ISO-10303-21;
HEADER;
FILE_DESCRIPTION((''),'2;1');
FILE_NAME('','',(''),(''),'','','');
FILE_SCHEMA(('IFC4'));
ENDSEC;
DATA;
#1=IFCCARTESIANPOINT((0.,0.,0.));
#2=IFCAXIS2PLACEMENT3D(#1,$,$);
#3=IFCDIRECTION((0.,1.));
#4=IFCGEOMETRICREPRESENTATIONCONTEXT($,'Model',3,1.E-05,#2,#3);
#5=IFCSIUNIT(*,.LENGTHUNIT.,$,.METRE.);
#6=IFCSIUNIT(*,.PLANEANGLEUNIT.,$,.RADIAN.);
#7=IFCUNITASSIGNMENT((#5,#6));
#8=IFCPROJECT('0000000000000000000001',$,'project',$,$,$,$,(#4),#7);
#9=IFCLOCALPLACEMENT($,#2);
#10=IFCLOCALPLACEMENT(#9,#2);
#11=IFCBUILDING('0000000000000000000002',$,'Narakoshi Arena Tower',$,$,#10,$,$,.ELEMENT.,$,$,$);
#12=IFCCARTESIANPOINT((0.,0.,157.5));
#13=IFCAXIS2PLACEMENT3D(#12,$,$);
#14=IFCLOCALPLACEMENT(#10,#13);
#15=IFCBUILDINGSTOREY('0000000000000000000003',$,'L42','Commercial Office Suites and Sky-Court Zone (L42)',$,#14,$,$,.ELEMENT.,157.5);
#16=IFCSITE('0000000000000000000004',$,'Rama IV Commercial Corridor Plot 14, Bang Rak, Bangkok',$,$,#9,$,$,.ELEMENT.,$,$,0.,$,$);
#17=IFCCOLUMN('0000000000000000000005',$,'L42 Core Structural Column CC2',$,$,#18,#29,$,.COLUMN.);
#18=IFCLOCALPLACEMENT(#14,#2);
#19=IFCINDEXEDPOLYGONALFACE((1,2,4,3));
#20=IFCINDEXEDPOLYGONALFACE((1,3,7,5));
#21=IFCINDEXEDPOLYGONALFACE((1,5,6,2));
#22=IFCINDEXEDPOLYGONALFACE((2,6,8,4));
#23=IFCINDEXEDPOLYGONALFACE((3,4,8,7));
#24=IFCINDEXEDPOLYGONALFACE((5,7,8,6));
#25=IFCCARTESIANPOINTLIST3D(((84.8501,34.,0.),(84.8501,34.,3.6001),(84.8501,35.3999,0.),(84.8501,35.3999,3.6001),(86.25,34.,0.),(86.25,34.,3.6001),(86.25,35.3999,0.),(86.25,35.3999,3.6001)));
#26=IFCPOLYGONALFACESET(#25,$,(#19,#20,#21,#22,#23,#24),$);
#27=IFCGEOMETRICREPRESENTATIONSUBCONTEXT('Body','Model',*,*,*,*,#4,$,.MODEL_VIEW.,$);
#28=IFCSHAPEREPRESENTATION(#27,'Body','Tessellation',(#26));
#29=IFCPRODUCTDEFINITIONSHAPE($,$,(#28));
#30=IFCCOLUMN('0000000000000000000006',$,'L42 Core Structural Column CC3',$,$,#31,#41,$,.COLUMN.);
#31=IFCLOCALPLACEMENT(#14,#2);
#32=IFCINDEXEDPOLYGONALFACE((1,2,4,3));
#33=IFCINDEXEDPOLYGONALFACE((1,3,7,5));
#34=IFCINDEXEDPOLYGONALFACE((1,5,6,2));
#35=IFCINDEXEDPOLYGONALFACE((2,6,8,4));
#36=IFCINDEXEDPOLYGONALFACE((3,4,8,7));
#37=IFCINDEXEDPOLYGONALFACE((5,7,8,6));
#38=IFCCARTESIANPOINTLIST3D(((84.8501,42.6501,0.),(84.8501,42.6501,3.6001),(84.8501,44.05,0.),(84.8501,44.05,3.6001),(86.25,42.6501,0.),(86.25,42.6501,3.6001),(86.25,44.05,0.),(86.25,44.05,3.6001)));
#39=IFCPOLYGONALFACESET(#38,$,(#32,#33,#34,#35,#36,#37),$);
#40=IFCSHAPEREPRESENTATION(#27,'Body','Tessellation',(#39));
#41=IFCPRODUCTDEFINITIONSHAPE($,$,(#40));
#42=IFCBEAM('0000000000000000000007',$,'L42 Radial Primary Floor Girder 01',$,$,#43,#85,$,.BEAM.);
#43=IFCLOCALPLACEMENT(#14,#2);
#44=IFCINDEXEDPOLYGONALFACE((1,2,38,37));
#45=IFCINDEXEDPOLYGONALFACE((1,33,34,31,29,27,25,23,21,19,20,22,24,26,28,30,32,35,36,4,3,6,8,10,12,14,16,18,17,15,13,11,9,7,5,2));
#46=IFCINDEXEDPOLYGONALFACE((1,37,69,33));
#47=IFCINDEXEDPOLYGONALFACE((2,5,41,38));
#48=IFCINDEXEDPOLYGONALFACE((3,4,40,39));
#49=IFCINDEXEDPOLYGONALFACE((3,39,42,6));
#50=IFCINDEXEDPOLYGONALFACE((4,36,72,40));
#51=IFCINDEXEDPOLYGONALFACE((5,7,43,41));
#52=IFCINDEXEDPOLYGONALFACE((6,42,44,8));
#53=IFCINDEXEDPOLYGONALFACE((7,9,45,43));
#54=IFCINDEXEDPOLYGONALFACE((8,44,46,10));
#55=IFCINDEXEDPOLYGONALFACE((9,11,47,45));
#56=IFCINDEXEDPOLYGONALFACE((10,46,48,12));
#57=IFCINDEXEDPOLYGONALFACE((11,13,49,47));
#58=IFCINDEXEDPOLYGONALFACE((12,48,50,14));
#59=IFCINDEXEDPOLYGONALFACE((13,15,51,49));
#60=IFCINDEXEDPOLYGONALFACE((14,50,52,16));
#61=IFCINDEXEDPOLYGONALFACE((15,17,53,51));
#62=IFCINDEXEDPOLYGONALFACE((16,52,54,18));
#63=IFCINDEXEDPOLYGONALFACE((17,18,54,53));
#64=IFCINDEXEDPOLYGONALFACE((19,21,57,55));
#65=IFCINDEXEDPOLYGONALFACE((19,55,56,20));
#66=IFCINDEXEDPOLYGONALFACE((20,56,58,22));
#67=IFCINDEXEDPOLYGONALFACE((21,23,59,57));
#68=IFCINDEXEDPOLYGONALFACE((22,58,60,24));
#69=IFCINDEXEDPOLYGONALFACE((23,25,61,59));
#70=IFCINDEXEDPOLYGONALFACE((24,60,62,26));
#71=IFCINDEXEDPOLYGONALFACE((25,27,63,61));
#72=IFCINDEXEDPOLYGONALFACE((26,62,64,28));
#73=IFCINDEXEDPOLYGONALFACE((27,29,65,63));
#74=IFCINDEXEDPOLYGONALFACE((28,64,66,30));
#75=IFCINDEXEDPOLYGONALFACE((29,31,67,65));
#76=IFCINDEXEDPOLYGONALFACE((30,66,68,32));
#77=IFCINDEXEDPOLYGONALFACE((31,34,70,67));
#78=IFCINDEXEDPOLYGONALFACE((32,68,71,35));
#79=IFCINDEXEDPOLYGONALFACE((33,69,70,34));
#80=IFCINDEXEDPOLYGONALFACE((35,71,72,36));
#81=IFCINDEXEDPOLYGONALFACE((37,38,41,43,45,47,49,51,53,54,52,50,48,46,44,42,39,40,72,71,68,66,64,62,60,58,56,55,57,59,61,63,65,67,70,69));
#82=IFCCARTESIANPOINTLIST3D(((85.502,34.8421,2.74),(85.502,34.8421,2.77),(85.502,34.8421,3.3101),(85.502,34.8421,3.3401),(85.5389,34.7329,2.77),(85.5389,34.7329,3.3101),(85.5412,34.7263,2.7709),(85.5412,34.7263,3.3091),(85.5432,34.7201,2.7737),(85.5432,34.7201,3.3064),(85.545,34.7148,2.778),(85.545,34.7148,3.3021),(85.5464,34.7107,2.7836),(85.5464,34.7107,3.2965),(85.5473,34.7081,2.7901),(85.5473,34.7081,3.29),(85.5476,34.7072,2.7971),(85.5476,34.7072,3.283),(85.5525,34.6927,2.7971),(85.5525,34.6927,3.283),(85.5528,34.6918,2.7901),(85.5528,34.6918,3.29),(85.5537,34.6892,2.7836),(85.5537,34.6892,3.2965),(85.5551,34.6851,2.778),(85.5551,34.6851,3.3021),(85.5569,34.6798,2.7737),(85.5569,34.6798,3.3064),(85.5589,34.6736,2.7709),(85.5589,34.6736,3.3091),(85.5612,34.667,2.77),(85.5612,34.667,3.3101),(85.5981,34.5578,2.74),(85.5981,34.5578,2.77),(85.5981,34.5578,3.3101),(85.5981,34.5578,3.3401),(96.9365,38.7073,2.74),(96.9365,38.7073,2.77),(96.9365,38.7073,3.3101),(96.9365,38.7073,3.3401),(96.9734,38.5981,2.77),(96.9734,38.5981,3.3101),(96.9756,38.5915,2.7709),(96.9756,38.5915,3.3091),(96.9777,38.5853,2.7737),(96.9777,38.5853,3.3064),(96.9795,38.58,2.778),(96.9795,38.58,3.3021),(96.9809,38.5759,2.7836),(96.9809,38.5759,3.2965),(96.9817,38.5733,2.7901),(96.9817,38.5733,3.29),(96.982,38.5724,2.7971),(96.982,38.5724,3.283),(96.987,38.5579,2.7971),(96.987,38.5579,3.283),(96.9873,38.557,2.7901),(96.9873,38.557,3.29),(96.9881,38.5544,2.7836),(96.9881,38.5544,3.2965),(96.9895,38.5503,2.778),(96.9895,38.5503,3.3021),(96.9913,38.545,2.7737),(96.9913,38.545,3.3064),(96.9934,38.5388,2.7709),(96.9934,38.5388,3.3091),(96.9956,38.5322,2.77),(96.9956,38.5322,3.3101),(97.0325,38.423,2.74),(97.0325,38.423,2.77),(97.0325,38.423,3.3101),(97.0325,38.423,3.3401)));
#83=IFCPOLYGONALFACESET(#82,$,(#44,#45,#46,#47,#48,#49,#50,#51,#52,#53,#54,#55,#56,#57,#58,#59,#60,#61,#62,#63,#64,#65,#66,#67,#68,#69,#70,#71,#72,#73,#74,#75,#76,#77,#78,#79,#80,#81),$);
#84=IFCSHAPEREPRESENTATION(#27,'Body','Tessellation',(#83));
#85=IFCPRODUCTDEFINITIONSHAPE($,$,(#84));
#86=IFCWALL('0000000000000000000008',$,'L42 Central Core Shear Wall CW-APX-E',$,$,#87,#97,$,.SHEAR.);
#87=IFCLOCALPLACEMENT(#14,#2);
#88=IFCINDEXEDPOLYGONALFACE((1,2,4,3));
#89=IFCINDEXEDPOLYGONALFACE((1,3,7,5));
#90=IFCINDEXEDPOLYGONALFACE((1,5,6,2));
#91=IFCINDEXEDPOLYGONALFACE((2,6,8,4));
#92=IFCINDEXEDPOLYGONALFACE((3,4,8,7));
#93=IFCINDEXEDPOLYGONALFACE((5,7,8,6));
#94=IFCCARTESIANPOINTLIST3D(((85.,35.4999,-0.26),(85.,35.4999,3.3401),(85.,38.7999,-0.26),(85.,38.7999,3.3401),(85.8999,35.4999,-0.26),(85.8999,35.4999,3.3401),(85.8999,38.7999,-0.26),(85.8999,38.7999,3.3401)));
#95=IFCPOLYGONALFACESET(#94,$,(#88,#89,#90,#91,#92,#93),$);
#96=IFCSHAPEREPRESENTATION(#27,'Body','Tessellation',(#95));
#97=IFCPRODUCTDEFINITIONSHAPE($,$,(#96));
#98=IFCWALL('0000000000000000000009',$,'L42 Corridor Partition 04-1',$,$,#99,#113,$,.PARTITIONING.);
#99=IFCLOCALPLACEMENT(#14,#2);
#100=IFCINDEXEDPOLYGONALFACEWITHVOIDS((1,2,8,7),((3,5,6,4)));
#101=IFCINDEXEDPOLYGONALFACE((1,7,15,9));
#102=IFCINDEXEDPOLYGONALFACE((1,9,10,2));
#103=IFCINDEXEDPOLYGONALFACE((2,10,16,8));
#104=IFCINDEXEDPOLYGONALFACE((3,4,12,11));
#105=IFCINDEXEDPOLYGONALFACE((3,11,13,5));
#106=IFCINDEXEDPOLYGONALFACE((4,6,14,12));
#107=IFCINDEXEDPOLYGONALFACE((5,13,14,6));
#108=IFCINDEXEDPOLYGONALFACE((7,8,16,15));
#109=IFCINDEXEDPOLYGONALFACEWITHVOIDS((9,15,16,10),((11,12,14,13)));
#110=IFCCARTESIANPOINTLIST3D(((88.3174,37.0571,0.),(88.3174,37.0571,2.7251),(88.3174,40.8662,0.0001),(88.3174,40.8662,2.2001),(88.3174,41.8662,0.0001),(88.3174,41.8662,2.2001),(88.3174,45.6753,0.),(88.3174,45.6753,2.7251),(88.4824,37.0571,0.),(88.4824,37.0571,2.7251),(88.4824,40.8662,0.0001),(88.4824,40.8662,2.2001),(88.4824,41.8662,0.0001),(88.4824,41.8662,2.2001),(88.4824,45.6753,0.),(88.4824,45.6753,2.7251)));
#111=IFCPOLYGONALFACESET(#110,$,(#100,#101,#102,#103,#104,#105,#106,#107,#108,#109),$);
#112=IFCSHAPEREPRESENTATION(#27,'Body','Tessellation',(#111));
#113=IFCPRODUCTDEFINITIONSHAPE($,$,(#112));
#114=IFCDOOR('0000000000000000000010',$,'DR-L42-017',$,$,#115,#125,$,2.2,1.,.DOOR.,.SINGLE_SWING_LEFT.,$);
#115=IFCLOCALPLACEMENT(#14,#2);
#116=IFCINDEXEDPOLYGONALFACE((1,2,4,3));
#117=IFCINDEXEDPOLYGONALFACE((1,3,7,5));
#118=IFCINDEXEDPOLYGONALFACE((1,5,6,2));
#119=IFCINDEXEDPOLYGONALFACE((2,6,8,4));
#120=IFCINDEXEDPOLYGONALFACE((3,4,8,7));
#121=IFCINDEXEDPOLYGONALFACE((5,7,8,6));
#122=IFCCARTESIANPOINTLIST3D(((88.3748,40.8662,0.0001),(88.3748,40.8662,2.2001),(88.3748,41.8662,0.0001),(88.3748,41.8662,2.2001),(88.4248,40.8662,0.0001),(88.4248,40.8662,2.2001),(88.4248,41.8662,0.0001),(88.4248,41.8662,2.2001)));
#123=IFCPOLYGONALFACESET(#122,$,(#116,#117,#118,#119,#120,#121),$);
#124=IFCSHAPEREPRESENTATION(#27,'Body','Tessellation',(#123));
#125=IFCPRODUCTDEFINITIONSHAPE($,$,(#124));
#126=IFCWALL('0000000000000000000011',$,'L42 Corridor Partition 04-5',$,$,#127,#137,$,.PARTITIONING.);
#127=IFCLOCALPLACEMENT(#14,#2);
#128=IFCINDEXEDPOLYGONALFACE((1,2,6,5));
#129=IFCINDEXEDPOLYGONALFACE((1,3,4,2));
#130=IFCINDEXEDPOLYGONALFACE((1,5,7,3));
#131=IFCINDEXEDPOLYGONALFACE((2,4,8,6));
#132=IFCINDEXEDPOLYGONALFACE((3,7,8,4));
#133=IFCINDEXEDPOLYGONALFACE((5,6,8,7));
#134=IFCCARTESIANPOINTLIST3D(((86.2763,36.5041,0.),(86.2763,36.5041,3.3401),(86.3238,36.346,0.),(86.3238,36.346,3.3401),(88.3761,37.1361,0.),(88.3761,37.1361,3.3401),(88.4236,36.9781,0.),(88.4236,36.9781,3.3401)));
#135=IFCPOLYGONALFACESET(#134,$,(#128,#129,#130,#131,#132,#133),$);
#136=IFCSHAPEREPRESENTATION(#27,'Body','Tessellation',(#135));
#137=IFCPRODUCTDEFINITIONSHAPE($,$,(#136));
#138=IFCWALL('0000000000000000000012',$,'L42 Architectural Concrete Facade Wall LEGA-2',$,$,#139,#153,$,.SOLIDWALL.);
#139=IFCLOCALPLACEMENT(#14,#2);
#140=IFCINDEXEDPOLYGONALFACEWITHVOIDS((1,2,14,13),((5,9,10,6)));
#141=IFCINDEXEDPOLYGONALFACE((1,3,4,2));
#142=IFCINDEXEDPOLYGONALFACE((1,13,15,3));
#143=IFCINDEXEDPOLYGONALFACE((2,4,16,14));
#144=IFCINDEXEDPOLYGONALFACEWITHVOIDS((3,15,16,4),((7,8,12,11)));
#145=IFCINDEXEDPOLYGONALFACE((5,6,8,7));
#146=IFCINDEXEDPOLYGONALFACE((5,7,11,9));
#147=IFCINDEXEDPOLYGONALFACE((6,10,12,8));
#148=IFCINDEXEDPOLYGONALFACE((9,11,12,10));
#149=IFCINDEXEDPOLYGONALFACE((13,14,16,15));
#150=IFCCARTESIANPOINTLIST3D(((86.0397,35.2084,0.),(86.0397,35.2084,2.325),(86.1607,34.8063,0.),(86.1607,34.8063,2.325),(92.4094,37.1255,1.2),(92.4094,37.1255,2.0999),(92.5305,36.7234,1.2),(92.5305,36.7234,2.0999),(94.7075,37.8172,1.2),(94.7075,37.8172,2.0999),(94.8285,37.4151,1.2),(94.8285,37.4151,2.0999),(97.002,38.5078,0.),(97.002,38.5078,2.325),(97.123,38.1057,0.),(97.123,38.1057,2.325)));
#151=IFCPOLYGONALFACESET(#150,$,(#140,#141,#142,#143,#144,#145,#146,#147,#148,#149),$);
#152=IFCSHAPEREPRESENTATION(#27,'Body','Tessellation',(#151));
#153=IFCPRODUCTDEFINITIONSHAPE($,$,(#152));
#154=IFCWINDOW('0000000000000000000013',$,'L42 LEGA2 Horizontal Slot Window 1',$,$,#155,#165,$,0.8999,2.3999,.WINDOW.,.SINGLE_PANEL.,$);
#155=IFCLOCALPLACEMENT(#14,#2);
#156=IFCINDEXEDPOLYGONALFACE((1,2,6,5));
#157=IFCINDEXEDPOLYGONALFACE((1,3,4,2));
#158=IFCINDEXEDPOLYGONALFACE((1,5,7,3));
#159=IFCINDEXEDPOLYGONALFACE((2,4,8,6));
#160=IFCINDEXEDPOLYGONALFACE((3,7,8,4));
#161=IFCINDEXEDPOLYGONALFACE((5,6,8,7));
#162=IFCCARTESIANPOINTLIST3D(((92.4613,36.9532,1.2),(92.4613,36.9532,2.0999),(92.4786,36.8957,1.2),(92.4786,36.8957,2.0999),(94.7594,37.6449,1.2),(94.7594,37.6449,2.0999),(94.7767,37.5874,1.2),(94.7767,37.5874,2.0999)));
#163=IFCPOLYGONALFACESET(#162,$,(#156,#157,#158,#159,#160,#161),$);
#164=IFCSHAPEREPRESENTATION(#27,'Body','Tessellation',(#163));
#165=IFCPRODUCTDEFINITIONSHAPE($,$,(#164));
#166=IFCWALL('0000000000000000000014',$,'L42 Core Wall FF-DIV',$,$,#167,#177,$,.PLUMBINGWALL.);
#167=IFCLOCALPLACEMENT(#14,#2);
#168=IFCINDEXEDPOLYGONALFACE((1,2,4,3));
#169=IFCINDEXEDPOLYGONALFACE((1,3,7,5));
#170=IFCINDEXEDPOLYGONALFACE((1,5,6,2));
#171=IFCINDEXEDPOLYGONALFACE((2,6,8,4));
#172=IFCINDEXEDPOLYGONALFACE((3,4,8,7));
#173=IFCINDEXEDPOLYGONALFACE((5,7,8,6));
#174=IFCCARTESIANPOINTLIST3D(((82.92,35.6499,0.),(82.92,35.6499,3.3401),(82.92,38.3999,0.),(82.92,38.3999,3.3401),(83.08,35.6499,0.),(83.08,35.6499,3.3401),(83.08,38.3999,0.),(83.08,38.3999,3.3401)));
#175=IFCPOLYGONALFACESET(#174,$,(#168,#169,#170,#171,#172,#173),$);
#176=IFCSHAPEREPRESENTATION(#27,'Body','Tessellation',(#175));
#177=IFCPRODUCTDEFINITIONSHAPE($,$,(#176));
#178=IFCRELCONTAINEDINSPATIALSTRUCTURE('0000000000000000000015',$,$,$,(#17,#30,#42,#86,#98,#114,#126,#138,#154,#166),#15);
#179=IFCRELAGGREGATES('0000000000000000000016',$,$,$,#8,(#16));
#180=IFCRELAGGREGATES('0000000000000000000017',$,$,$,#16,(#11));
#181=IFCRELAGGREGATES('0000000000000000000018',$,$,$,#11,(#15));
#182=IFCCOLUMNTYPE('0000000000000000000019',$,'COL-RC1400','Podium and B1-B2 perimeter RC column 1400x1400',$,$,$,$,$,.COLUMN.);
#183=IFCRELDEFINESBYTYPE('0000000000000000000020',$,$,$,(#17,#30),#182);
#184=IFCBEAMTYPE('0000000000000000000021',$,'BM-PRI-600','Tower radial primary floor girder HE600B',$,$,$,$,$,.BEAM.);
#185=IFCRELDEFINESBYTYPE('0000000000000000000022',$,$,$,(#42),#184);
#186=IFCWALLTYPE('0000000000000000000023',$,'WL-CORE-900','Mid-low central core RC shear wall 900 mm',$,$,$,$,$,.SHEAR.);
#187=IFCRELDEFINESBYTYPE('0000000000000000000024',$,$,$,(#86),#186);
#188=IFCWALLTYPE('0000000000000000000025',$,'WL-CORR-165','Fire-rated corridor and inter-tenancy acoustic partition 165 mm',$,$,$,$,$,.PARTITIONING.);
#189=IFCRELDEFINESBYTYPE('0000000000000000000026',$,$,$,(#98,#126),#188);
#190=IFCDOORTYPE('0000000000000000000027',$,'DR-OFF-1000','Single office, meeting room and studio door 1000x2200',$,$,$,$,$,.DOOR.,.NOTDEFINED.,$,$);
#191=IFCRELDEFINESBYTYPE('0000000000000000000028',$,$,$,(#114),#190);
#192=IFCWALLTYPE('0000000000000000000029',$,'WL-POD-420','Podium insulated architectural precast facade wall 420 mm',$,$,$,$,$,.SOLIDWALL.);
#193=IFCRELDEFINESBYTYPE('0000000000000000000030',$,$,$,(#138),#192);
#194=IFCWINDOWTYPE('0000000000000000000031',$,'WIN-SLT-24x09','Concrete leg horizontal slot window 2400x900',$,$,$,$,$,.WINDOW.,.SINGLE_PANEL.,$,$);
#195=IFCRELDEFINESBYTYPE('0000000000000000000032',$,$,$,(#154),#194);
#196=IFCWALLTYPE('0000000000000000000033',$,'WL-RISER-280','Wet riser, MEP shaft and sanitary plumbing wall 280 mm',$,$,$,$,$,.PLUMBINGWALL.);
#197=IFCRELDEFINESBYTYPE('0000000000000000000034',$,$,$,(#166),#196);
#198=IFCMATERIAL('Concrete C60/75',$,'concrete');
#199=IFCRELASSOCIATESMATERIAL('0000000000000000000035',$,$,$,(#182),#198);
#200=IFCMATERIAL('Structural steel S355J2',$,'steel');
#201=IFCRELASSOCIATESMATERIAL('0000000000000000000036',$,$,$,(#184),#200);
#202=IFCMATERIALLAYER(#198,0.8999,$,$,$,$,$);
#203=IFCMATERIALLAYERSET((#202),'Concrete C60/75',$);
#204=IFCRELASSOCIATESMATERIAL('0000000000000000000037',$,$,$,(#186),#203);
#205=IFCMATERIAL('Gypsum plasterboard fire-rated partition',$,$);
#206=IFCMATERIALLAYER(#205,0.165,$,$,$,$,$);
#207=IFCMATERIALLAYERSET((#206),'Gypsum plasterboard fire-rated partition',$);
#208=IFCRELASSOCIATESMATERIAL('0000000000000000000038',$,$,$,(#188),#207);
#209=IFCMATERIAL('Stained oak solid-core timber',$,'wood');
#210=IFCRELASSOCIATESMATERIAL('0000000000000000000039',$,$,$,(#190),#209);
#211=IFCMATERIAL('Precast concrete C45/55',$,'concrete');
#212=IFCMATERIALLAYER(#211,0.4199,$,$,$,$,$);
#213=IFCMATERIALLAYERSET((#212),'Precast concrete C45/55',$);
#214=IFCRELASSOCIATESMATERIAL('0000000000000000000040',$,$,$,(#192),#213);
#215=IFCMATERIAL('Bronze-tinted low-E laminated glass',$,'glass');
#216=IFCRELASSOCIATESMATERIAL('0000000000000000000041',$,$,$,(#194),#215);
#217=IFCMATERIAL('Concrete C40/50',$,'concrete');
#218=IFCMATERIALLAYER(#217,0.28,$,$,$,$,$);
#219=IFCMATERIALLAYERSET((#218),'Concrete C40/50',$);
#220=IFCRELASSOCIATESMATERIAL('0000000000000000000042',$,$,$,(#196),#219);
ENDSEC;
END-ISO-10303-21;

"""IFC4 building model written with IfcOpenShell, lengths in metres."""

from ifc_helpers import new_model, si_unit, direction, frame, frame_2d, origin, origin_2d, place, context, subcontext, project, spatial, rectangle, i_section, extrude, material, layer, layer_set, material_profile, profile_set, type_object, element, fill, save


model = new_model("IFC4")

# Units and contexts
model_context = context("Model", 3, precision=1e-05, world=origin(), true_north=direction((0.0, 1.0)))
body_context = subcontext(model_context, "Body", "Model", "MODEL_VIEW")
ifc_project = project(units=[si_unit("LENGTHUNIT", "METRE"), si_unit("PLANEANGLEUNIT", "RADIAN")], contexts=[model_context])

# Site, building, storey
site_placement = place(None, origin())
site = spatial("IfcSite", under=ifc_project, at=site_placement, Name="Rama IV Commercial Corridor Plot 14, Bang Rak, Bangkok", CompositionType="ELEMENT", RefElevation=0.0)
building_placement = place(site_placement, origin())
building = spatial("IfcBuilding", under=site, at=building_placement, Name="Narakoshi Arena Tower", CompositionType="ELEMENT")
storey_placement = place(building_placement, frame((0.0, 0.0, 157.5)))
storey = spatial("IfcBuildingStorey", under=building, at=storey_placement, Name="L42", Description="Commercial Office Suites and Sky-Court Zone (L42)", CompositionType="ELEMENT", Elevation=157.5)

# Columns
ifc_material_1 = material(Name="Concrete C60/75", Category="concrete")
ifc_material_profile_1 = material_profile(ifc_material_1, rectangle(XDim=1.3999, YDim=1.3999, at=origin_2d()), Name="RC1400x1400")
ifc_profile_set_1 = profile_set([ifc_material_profile_1], Name="Concrete C60/75")
column_type = type_object("IfcColumnType", Name="COL-RC1400", Description="Podium and B1-B2 perimeter RC column 1400x1400", PredefinedType="COLUMN", material=ifc_profile_set_1)
for number, where, z_axis, x_axis, name in (
    (1, (85.55, 34.7, 0.0), (0.0, 0.0, 1.0), (1.0, 0.0, 0.0), "L42 Core Structural Column CC2"),
    (2, (85.55, 43.3501, 0.0), (0.0, 0.0, 1.0), (1.0, 0.0, 0.0), "L42 Core Structural Column CC3"),
):
    element("IfcColumn", number, at=place(storey_placement, frame(where, z_axis=z_axis, x_axis=x_axis)), inside=storey, type_object=column_type, Name=name, PredefinedType="COLUMN", context=body_context, shape_type="SweptSolid", body=[
        extrude(rectangle(XDim=1.3999, YDim=1.3999, at=origin_2d()), origin(), (0.0, 0.0, 1.0), 3.6001),
    ])

# Beam
ifc_material_2 = material(Name="Structural steel S355J2", Category="steel")
ifc_material_profile_2 = material_profile(ifc_material_2, i_section(OverallWidth=0.3, OverallDepth=0.6001, WebThickness=0.0154, FlangeThickness=0.03, FilletRadius=0.0271, at=origin_2d()), Name="HE600B")
ifc_profile_set_2 = profile_set([ifc_material_profile_2], Name="Structural steel S355J2")
beam_type = type_object("IfcBeamType", Name="BM-PRI-600", Description="Tower radial primary floor girder HE600B", PredefinedType="BEAM", material=ifc_profile_set_2)
beam_placement = place(storey_placement, frame((85.55, 34.7, 3.04), z_axis=(0.94734, 0.32023, 0.0), x_axis=(-0.32023, 0.94734, 0.0)))
element("IfcBeam", 3, at=beam_placement, inside=storey, type_object=beam_type, Name="L42 Radial Primary Floor Girder 01", PredefinedType="BEAM", context=body_context, shape_type="SweptSolid", body=[
    extrude(i_section(OverallWidth=0.3, OverallDepth=0.6001, WebThickness=0.0154, FlangeThickness=0.03, FilletRadius=0.0271, at=origin_2d()), origin(), (0.0, 0.0, 1.0), 12.0701),
])

# Wall
ifc_layer_1 = layer(ifc_material_1, 0.8999)
ifc_layer_set_1 = layer_set([ifc_layer_1], Name="Concrete C60/75")
wall_type_1 = type_object("IfcWallType", Name="WL-CORE-900", Description="Mid-low central core RC shear wall 900 mm", PredefinedType="SHEAR", material=ifc_layer_set_1)
wall_1_placement = place(storey_placement, frame((85.45, 35.5, -0.26), z_axis=(0.0, 0.0, 1.0), x_axis=(0.0, 1.0, 0.0)))
element("IfcWall", 4, at=wall_1_placement, inside=storey, type_object=wall_type_1, Name="L42 Central Core Shear Wall CW-APX-E", PredefinedType="SHEAR", context=body_context, shape_type="SweptSolid", body=[
    extrude(rectangle(XDim=3.3, YDim=0.8999, at=frame_2d((1.6499, 0.0))), origin(), (0.0, 0.0, 1.0), 3.6001),
])

# Wall, opening, door
ifc_material_3 = material(Name="Gypsum plasterboard fire-rated partition")
ifc_layer_2 = layer(ifc_material_3, 0.165)
ifc_layer_set_2 = layer_set([ifc_layer_2], Name="Gypsum plasterboard fire-rated partition")
wall_type_2 = type_object("IfcWallType", Name="WL-CORR-165", Description="Fire-rated corridor and inter-tenancy acoustic partition 165 mm", PredefinedType="PARTITIONING", material=ifc_layer_set_2)
wall_2_placement = place(storey_placement, frame((88.3999, 37.0571, 0.0), z_axis=(0.0, 0.0, 1.0), x_axis=(0.0, 1.0, 0.0)))
wall_2 = element("IfcWall", 5, at=wall_2_placement, inside=storey, type_object=wall_type_2, Name="L42 Corridor Partition 04-1", PredefinedType="PARTITIONING", context=body_context, shape_type="SweptSolid", body=[
    extrude(rectangle(XDim=8.6182, YDim=0.165, at=frame_2d((4.3091, 0.0))), origin(), (0.0, 0.0, 1.0), 2.7251),
])
opening_1_placement = place(wall_2_placement, frame((3.8091, 0.0, 0.0)))
opening_1 = element("IfcOpeningElement", 6, at=opening_1_placement, cuts=wall_2, PredefinedType="OPENING", context=body_context, shape_type="SweptSolid", body=[
    extrude(rectangle(XDim=1.0, YDim=2.2, at=frame_2d((0.5, 1.1001))), frame((0.0, 0.0925, 0.0), z_axis=(0.0, -1.0, 0.0), x_axis=(1.0, 0.0, 0.0)), (0.0, 0.0, 1.0), 0.1851),
])
ifc_material_4 = material(Name="Stained oak solid-core timber", Category="wood")
door_type_1 = type_object("IfcDoorType", Name="DR-OFF-1000", Description="Single office, meeting room and studio door 1000x2200", OperationType="NOTDEFINED", PredefinedType="DOOR", material=ifc_material_4)
door_1_placement = place(opening_1_placement, frame((1.0, 0.0, 0.0), z_axis=(0.0, 0.0, 1.0), x_axis=(-1.0, 0.0, 0.0)))
door_1 = element("IfcDoor", 7, at=door_1_placement, inside=storey, type_object=door_type_1, Name="DR-L42-017", OperationType="SINGLE_SWING_LEFT", OverallHeight=2.2, OverallWidth=1.0, PredefinedType="DOOR", context=body_context, shape_type="SweptSolid", body=[
    extrude(rectangle(XDim=1.0, YDim=2.2, at=frame_2d((0.5, 1.1001))), frame((0.0, 0.0249, 0.0), z_axis=(0.0, -1.0, 0.0), x_axis=(1.0, 0.0, 0.0)), (0.0, 0.0, 1.0), 0.05),
])
fill(opening_1, door_1)

# Wall
wall_3_placement = place(storey_placement, frame((86.3, 36.425, 0.0), z_axis=(0.0, 0.0, 1.0), x_axis=(0.957559, 0.288236, 0.0)))
element("IfcWall", 8, at=wall_3_placement, inside=storey, type_object=wall_type_2, Name="L42 Corridor Partition 04-5", PredefinedType="PARTITIONING", context=body_context, shape_type="SweptSolid", body=[
    extrude(rectangle(XDim=2.1929, YDim=0.165, at=frame_2d((1.0964, 0.0))), origin(), (0.0, 0.0, 1.0), 3.3401),
])

# Wall, opening, window
ifc_material_5 = material(Name="Precast concrete C45/55", Category="concrete")
ifc_layer_3 = layer(ifc_material_5, 0.4199)
ifc_layer_set_3 = layer_set([ifc_layer_3], Name="Precast concrete C45/55")
wall_type_3 = type_object("IfcWallType", Name="WL-POD-420", Description="Podium insulated architectural precast facade wall 420 mm", PredefinedType="SOLIDWALL", material=ifc_layer_set_3)
wall_4_placement = place(storey_placement, frame((86.1001, 35.0073, 0.0), z_axis=(0.0, 0.0, 1.0), x_axis=(0.957569, 0.288203, 0.0)))
wall_4 = element("IfcWall", 9, at=wall_4_placement, inside=storey, type_object=wall_type_3, Name="L42 Architectural Concrete Facade Wall LEGA-2", PredefinedType="SOLIDWALL", context=body_context, shape_type="SweptSolid", body=[
    extrude(rectangle(XDim=11.448, YDim=0.4199, at=frame_2d((5.7241, 0.0))), origin(), (0.0, 0.0, 1.0), 2.325),
])
opening_2_placement = place(wall_4_placement, frame((6.6521, 0.0, 1.2)))
opening_2 = element("IfcOpeningElement", 10, at=opening_2_placement, cuts=wall_4, PredefinedType="OPENING", context=body_context, shape_type="SweptSolid", body=[
    extrude(rectangle(XDim=2.3999, YDim=0.8999, at=frame_2d((1.2, 0.45))), frame((0.0, 0.22, 0.0), z_axis=(0.0, -1.0, 0.0), x_axis=(1.0, 0.0, 0.0)), (0.0, 0.0, 1.0), 0.4399),
])
ifc_material_6 = material(Name="Bronze-tinted low-E laminated glass", Category="glass")
window_type = type_object("IfcWindowType", Name="WIN-SLT-24x09", Description="Concrete leg horizontal slot window 2400x900", PartitioningType="SINGLE_PANEL", PredefinedType="WINDOW", material=ifc_material_6)
window_placement = place(opening_2_placement, origin())
window = element("IfcWindow", 11, at=window_placement, inside=storey, type_object=window_type, Name="L42 LEGA2 Horizontal Slot Window 1", OverallHeight=0.8999, OverallWidth=2.3999, PartitioningType="SINGLE_PANEL", PredefinedType="WINDOW", context=body_context, shape_type="SweptSolid", body=[
    extrude(rectangle(XDim=2.3999, YDim=0.8999, at=frame_2d((1.2, 0.45))), frame((0.0, 0.03, 0.0), z_axis=(0.0, -1.0, 0.0), x_axis=(1.0, 0.0, 0.0)), (0.0, 0.0, 1.0), 0.0601),
])
fill(opening_2, window)

# Wall
ifc_material_7 = material(Name="Concrete C40/50", Category="concrete")
ifc_layer_4 = layer(ifc_material_7, 0.28)
ifc_layer_set_4 = layer_set([ifc_layer_4], Name="Concrete C40/50")
wall_type_4 = type_object("IfcWallType", Name="WL-RISER-280", Description="Wet riser, MEP shaft and sanitary plumbing wall 280 mm", PredefinedType="PLUMBINGWALL", material=ifc_layer_set_4)
wall_5_placement = place(storey_placement, frame((83.0, 35.6499, 0.0), z_axis=(0.0, 0.0, 1.0), x_axis=(0.0, 1.0, 0.0)))
element("IfcWall", 12, at=wall_5_placement, inside=storey, type_object=wall_type_4, Name="L42 Core Wall FF-DIV", PredefinedType="PLUMBINGWALL", context=body_context, shape_type="SweptSolid", body=[
    extrude(rectangle(XDim=2.75, YDim=0.1599, at=frame_2d((1.375, 0.0))), origin(), (0.0, 0.0, 1.0), 3.3401),
])

save(model, "model.ifc")
